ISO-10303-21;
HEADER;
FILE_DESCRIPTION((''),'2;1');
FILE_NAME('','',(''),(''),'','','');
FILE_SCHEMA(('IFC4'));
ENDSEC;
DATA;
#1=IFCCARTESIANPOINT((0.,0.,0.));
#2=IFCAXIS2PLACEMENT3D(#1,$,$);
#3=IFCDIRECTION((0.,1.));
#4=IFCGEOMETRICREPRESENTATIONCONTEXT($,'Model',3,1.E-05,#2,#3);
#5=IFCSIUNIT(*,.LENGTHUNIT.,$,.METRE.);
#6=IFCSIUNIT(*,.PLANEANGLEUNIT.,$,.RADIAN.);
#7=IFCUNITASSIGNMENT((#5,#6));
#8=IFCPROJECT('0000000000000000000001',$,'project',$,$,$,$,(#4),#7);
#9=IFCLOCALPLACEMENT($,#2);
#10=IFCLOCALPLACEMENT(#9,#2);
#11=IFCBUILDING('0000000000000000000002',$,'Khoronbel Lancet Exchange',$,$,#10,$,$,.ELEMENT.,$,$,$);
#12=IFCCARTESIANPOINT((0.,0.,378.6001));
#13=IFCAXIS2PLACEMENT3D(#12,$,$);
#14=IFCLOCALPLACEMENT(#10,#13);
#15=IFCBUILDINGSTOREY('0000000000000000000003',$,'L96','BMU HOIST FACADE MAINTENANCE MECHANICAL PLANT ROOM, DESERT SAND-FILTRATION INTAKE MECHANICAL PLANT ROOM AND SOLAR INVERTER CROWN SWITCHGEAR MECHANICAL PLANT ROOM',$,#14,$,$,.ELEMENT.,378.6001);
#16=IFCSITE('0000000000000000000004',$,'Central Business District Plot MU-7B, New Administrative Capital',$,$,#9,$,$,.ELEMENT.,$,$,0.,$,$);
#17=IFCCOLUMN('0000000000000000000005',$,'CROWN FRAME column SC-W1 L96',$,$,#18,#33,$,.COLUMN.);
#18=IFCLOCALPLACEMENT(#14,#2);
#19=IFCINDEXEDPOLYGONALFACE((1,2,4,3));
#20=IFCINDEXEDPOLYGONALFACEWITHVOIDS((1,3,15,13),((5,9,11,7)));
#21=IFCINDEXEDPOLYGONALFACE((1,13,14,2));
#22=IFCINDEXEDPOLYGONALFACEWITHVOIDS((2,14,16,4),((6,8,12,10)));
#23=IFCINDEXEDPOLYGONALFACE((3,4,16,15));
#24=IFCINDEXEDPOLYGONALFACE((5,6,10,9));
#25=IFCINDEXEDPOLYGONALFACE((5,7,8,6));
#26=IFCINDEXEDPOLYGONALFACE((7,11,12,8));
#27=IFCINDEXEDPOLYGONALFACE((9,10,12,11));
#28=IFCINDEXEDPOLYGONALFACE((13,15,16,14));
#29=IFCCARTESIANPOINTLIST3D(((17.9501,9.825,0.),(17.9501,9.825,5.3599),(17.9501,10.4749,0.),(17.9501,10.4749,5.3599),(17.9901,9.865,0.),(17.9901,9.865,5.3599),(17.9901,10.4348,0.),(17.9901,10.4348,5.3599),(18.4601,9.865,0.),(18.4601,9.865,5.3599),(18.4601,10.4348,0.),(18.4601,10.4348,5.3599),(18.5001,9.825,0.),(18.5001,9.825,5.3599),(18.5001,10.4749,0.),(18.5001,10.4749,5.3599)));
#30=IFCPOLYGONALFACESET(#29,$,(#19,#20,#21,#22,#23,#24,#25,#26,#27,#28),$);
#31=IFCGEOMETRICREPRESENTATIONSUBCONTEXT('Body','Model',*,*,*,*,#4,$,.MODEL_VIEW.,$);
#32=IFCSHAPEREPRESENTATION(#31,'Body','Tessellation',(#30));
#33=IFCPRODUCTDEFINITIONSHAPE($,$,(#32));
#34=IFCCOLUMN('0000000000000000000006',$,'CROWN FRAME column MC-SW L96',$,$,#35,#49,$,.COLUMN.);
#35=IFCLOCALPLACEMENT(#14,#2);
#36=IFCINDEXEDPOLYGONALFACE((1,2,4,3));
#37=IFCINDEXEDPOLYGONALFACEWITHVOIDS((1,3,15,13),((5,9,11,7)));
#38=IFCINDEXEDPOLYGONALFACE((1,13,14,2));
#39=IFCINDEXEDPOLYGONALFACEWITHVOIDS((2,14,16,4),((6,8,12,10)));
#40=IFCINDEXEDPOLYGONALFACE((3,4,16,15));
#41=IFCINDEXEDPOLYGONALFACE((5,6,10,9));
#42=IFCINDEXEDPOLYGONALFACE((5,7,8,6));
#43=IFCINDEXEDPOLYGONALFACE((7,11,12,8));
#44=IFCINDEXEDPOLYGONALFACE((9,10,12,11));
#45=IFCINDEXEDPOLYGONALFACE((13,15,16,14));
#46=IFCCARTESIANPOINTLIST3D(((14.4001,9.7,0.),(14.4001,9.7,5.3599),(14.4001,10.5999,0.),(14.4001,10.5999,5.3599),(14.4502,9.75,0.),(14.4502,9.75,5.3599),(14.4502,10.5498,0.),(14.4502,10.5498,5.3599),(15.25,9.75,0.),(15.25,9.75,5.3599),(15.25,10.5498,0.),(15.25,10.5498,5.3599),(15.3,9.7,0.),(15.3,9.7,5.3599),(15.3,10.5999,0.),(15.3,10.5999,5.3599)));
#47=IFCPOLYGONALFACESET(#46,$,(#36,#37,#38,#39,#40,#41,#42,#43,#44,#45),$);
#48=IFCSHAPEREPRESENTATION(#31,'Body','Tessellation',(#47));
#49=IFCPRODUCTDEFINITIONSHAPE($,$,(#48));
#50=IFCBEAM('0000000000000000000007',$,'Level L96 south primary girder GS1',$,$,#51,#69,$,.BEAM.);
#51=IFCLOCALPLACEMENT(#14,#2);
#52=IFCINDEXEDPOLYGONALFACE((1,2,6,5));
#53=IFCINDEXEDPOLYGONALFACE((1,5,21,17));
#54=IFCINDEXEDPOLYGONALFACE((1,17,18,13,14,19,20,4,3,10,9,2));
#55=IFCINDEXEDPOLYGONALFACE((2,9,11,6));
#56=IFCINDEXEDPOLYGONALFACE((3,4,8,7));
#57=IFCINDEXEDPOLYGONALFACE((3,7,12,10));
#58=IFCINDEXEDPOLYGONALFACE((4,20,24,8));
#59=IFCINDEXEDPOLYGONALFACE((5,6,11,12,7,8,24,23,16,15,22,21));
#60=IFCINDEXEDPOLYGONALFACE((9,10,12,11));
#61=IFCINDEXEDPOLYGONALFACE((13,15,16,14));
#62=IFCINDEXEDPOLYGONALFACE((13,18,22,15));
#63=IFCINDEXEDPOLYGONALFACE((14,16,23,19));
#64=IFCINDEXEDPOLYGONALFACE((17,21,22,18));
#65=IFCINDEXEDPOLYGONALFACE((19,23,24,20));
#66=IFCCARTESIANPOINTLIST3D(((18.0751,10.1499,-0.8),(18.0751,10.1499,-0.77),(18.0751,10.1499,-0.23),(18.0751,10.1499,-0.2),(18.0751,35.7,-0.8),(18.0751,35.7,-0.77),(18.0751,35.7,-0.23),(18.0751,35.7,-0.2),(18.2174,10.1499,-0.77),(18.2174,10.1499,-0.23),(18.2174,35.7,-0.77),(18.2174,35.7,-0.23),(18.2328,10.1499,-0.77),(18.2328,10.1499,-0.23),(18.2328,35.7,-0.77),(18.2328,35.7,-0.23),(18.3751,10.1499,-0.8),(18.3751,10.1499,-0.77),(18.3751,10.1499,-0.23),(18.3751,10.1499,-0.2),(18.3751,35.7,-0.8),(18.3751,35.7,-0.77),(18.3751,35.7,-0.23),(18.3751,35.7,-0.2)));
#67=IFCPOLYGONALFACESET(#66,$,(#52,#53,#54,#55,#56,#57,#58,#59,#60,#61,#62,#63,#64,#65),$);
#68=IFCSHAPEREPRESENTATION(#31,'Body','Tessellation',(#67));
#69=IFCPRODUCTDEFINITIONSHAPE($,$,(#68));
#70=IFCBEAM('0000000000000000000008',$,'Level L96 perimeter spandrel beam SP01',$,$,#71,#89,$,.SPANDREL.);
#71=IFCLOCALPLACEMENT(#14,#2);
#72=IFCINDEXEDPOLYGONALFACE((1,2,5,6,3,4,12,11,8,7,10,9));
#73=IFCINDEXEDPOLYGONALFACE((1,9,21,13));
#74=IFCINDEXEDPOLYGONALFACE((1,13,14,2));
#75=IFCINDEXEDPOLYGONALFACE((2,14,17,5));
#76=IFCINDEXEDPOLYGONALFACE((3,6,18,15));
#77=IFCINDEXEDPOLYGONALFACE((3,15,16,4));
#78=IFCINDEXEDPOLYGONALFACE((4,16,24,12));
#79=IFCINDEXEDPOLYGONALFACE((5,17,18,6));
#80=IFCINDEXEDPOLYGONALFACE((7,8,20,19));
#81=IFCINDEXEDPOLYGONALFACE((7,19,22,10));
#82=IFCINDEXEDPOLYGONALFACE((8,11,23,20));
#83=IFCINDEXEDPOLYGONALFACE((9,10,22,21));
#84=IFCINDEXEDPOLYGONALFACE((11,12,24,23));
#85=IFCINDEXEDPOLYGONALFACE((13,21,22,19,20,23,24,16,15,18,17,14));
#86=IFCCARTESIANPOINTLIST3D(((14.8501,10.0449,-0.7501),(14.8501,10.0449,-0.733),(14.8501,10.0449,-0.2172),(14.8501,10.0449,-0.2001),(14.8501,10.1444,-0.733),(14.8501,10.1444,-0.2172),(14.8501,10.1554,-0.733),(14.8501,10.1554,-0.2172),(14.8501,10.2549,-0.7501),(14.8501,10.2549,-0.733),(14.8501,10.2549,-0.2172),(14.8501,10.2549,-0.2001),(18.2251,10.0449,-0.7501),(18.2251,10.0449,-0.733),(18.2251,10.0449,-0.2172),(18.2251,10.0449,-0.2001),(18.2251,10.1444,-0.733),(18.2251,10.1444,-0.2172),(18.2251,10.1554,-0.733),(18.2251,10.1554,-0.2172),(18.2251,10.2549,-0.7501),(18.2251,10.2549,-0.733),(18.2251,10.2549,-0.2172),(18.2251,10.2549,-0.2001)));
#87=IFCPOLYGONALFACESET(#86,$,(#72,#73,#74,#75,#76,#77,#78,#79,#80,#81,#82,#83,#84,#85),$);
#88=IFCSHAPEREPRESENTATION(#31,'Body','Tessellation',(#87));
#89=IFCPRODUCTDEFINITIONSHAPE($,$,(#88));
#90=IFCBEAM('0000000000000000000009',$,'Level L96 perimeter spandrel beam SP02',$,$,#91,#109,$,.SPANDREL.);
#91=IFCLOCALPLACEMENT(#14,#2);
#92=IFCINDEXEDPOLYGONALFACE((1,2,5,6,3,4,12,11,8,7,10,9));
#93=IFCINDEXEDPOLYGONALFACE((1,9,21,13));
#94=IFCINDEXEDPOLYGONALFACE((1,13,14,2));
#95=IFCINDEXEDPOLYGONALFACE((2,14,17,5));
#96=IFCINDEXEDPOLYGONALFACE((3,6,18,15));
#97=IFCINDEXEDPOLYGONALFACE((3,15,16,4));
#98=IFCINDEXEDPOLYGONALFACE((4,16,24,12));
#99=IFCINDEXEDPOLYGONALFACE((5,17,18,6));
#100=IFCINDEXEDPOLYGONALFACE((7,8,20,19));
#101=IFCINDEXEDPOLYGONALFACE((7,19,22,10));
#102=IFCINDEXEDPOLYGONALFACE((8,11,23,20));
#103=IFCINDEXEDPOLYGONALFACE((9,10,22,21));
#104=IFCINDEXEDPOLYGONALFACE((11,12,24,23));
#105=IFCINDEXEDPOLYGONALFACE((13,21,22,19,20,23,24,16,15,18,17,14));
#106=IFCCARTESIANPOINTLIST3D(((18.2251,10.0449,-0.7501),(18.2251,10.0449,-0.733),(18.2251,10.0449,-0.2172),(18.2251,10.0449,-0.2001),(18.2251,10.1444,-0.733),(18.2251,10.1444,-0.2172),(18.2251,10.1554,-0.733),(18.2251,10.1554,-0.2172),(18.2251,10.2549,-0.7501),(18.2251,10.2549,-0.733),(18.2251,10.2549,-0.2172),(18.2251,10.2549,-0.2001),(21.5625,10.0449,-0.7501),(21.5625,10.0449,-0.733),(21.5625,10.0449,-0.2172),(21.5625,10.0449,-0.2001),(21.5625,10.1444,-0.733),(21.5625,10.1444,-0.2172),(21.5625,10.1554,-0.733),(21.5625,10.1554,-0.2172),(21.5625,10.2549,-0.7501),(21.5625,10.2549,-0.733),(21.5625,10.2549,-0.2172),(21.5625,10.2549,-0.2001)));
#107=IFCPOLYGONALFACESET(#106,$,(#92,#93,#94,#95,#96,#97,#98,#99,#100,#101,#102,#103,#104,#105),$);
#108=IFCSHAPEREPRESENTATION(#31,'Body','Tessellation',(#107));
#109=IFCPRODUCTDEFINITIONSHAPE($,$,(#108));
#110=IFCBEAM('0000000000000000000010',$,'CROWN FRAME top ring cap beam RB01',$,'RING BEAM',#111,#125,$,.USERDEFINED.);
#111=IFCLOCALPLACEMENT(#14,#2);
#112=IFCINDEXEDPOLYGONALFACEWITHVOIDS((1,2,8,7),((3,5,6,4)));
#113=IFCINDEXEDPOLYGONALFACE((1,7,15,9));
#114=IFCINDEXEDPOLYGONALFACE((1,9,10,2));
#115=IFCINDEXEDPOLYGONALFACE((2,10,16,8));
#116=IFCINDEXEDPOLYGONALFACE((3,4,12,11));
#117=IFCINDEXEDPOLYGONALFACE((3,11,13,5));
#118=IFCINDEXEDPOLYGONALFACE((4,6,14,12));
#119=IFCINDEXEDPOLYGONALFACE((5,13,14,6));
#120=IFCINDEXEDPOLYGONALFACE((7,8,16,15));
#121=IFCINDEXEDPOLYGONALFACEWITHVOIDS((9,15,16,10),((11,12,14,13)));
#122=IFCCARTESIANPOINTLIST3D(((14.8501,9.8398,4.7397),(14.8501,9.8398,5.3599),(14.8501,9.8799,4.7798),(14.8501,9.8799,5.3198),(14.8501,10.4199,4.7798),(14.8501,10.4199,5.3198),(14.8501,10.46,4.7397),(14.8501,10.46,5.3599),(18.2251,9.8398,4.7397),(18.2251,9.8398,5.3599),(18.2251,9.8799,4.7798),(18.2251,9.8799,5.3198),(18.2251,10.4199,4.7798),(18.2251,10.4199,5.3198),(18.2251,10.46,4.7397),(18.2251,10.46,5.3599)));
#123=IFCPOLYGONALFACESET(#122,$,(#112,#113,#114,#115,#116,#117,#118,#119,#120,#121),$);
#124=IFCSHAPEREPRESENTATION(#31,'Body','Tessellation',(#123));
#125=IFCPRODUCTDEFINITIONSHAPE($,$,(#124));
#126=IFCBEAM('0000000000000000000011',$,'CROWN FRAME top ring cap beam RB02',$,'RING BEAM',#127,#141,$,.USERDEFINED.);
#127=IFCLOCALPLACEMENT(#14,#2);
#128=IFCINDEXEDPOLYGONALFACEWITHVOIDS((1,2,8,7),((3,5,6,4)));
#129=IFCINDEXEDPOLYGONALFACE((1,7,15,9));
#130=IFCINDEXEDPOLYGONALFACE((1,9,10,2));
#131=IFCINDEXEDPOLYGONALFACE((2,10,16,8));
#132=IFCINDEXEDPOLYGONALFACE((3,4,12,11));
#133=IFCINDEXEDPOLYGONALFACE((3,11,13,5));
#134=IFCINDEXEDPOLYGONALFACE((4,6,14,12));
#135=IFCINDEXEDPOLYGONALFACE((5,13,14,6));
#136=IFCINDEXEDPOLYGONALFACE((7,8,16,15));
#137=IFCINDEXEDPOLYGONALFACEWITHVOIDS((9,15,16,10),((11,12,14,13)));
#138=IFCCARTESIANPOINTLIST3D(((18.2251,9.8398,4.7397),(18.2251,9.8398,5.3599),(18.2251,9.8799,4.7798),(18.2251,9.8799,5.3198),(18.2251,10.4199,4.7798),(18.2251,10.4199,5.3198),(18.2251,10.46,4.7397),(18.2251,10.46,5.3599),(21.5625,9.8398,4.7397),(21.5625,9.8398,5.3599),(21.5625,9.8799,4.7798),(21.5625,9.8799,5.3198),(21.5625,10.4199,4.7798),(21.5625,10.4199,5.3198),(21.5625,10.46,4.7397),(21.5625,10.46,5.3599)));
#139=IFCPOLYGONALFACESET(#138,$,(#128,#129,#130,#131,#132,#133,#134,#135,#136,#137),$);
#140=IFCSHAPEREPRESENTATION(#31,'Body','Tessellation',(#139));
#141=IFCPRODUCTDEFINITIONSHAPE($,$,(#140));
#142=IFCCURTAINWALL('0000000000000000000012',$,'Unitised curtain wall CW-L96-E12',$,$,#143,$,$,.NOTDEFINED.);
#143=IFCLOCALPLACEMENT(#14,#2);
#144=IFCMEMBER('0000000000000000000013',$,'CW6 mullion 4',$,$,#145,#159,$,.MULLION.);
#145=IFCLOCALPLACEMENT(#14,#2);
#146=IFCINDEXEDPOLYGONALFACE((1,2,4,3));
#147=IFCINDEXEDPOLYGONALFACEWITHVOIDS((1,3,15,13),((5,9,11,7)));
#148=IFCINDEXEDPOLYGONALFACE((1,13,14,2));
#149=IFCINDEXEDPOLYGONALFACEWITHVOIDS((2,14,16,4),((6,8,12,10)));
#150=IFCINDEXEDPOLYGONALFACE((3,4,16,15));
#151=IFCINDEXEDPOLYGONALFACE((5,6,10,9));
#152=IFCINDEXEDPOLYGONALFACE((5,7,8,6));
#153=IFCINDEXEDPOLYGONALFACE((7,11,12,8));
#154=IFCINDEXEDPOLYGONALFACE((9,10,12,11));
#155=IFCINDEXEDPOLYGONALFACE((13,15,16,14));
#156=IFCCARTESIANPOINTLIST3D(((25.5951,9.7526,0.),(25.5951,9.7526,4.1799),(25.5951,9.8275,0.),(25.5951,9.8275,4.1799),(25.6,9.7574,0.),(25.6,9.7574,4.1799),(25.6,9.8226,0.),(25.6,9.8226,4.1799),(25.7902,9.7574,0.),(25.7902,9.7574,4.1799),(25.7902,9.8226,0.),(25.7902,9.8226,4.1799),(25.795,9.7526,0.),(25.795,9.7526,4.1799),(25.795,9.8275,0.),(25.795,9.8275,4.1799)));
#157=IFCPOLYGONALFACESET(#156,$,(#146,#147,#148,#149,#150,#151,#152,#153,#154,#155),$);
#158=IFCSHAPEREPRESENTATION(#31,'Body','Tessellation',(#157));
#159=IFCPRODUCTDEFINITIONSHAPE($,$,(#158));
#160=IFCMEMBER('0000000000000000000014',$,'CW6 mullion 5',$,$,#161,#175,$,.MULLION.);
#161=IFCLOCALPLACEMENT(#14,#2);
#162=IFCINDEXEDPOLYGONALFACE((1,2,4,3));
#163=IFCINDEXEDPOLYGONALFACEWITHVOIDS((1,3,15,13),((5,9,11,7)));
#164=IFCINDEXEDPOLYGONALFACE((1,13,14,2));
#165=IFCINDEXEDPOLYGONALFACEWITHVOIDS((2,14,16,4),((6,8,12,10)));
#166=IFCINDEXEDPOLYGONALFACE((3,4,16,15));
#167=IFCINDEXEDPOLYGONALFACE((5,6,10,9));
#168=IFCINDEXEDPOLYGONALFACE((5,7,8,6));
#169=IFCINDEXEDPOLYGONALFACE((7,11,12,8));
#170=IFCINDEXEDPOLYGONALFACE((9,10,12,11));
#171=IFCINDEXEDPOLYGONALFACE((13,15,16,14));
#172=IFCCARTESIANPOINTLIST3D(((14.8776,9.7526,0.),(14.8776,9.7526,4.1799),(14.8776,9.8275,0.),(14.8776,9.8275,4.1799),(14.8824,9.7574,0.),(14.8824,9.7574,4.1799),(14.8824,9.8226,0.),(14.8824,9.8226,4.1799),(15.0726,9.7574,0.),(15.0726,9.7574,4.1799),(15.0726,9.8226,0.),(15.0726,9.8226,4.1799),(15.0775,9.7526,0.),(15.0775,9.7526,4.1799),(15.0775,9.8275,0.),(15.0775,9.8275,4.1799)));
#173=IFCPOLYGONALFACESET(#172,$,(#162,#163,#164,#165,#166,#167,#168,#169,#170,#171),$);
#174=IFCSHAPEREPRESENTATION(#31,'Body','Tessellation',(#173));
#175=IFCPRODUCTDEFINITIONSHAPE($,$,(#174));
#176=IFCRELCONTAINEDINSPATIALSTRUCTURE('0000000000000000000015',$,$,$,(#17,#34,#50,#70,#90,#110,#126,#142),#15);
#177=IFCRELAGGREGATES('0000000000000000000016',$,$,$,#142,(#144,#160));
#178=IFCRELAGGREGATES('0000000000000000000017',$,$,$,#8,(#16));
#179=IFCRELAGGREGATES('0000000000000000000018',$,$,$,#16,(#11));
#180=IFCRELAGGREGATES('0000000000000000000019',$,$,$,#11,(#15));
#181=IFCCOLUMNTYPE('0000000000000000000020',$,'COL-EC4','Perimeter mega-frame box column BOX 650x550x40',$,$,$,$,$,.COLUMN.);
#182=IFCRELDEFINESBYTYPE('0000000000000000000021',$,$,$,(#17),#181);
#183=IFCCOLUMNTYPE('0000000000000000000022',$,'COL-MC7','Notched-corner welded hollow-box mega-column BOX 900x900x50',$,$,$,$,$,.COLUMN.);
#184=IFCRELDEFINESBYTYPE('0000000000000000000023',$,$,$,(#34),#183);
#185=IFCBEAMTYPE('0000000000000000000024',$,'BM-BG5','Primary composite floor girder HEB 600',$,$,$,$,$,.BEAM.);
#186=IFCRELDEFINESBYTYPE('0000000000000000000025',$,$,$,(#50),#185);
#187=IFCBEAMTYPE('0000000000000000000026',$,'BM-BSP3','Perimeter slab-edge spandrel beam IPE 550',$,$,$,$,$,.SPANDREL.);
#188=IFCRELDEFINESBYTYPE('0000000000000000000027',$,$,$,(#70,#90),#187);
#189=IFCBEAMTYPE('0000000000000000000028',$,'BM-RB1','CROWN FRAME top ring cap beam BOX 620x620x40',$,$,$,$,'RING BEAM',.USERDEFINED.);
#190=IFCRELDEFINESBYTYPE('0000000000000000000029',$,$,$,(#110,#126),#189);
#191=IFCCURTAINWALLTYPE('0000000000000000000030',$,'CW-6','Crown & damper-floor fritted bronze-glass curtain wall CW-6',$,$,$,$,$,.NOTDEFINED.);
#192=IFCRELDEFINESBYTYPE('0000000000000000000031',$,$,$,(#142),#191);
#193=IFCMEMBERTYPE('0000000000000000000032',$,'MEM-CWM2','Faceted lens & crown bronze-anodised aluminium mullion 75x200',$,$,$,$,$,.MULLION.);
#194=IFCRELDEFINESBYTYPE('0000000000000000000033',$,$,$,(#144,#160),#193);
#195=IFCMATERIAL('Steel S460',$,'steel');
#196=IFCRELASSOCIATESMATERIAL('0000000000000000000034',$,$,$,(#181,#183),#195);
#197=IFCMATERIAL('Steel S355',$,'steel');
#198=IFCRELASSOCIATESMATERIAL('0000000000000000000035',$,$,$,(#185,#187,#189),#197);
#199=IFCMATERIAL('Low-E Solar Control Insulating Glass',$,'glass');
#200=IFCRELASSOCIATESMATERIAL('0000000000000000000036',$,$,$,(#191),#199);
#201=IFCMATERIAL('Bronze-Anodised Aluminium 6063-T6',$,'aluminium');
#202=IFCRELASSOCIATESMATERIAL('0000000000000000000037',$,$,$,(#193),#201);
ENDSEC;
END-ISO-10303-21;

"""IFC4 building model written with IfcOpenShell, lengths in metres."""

from ifc_helpers import new_model, si_unit, direction, frame, origin, origin_2d, place, context, subcontext, project, spatial, hollow_rectangle, i_section, extrude, material, material_profile, profile_set, type_object, element, aggregate, save


model = new_model("IFC4")

# Units and contexts
model_context = context("Model", 3, precision=1e-05, world=origin(), true_north=direction((0.0, 1.0)))
body_context = subcontext(model_context, "Body", "Model", "MODEL_VIEW")
ifc_project = project(units=[si_unit("LENGTHUNIT", "METRE"), si_unit("PLANEANGLEUNIT", "RADIAN")], contexts=[model_context])

# Site, building, storey
site_placement = place(None, origin())
site = spatial("IfcSite", under=ifc_project, at=site_placement, Name="Central Business District Plot MU-7B, New Administrative Capital", CompositionType="ELEMENT", RefElevation=0.0)
building_placement = place(site_placement, origin())
building = spatial("IfcBuilding", under=site, at=building_placement, Name="Khoronbel Lancet Exchange", CompositionType="ELEMENT")
storey_placement = place(building_placement, frame((0.0, 0.0, 378.6001)))
storey = spatial("IfcBuildingStorey", under=building, at=storey_placement, Name="L96", Description="BMU HOIST FACADE MAINTENANCE MECHANICAL PLANT ROOM, DESERT SAND-FILTRATION INTAKE MECHANICAL PLANT ROOM AND SOLAR INVERTER CROWN SWITCHGEAR MECHANICAL PLANT ROOM", CompositionType="ELEMENT", Elevation=378.6001)

# Columns
ifc_material_1 = material(Name="Steel S460", Category="steel")
ifc_material_profile_1 = material_profile(ifc_material_1, hollow_rectangle(XDim=0.55, YDim=0.6499, WallThickness=0.04, at=origin_2d()), Name="BOX 650x550x40")
ifc_profile_set_1 = profile_set([ifc_material_profile_1], Name="Steel S460")
column_type_1 = type_object("IfcColumnType", Name="COL-EC4", Description="Perimeter mega-frame box column BOX 650x550x40", PredefinedType="COLUMN", material=ifc_profile_set_1)
column_1_placement = place(storey_placement, frame((18.2251, 10.1499, 0.0), z_axis=(0.0, 0.0, 1.0), x_axis=(1.0, 0.0, 0.0)))
element("IfcColumn", 1, at=column_1_placement, inside=storey, type_object=column_type_1, Name="CROWN FRAME column SC-W1 L96", PredefinedType="COLUMN", context=body_context, shape_type="SweptSolid", body=[
    extrude(hollow_rectangle(XDim=0.55, YDim=0.6499, WallThickness=0.04, at=origin_2d()), origin(), (0.0, 0.0, 1.0), 5.3599),
])
ifc_material_profile_2 = material_profile(ifc_material_1, hollow_rectangle(XDim=0.8999, YDim=0.8999, WallThickness=0.05, at=origin_2d()), Name="BOX 900x900x50")
ifc_profile_set_2 = profile_set([ifc_material_profile_2], Name="Steel S460")
column_type_2 = type_object("IfcColumnType", Name="COL-MC7", Description="Notched-corner welded hollow-box mega-column BOX 900x900x50", PredefinedType="COLUMN", material=ifc_profile_set_2)
column_2_placement = place(storey_placement, frame((14.8501, 10.1499, 0.0), z_axis=(0.0, 0.0, 1.0), x_axis=(1.0, 0.0, 0.0)))
element("IfcColumn", 2, at=column_2_placement, inside=storey, type_object=column_type_2, Name="CROWN FRAME column MC-SW L96", PredefinedType="COLUMN", context=body_context, shape_type="SweptSolid", body=[
    extrude(hollow_rectangle(XDim=0.8999, YDim=0.8999, WallThickness=0.05, at=origin_2d()), origin(), (0.0, 0.0, 1.0), 5.3599),
])

# Beams
ifc_material_2 = material(Name="Steel S355", Category="steel")
ifc_material_profile_3 = material_profile(ifc_material_2, i_section(OverallWidth=0.3, OverallDepth=0.6001, WebThickness=0.0154, FlangeThickness=0.03, at=origin_2d()), Name="HEB 600")
ifc_profile_set_3 = profile_set([ifc_material_profile_3], Name="Steel S355")
beam_type_1 = type_object("IfcBeamType", Name="BM-BG5", Description="Primary composite floor girder HEB 600", PredefinedType="BEAM", material=ifc_profile_set_3)
beam_1_placement = place(storey_placement, frame((18.2251, 10.1499, -0.5), z_axis=(0.0, 1.0, 0.0), x_axis=(-1.0, 0.0, 0.0)))
element("IfcBeam", 3, at=beam_1_placement, inside=storey, type_object=beam_type_1, Name="Level L96 south primary girder GS1", PredefinedType="BEAM", context=body_context, shape_type="SweptSolid", body=[
    extrude(i_section(OverallWidth=0.3, OverallDepth=0.6001, WebThickness=0.0154, FlangeThickness=0.03, at=origin_2d()), origin(), (0.0, 0.0, 1.0), 25.55),
])
ifc_material_profile_4 = material_profile(ifc_material_2, i_section(OverallWidth=0.21, OverallDepth=0.55, WebThickness=0.011, FlangeThickness=0.0171, at=origin_2d()), Name="IPE 550")
ifc_profile_set_4 = profile_set([ifc_material_profile_4], Name="Steel S355")
beam_type_2 = type_object("IfcBeamType", Name="BM-BSP3", Description="Perimeter slab-edge spandrel beam IPE 550", PredefinedType="SPANDREL", material=ifc_profile_set_4)
beam_2_placement = place(storey_placement, frame((14.8501, 10.1499, -0.4751), z_axis=(1.0, 0.0, 0.0), x_axis=(0.0, 1.0, 0.0)))
element("IfcBeam", 4, at=beam_2_placement, inside=storey, type_object=beam_type_2, Name="Level L96 perimeter spandrel beam SP01", PredefinedType="SPANDREL", context=body_context, shape_type="SweptSolid", body=[
    extrude(i_section(OverallWidth=0.21, OverallDepth=0.55, WebThickness=0.011, FlangeThickness=0.0171, at=origin_2d()), origin(), (0.0, 0.0, 1.0), 3.375),
])
beam_3_placement = place(storey_placement, frame((18.2251, 10.1499, -0.4751), z_axis=(1.0, 0.0, 0.0), x_axis=(0.0, 1.0, 0.0)))
element("IfcBeam", 5, at=beam_3_placement, inside=storey, type_object=beam_type_2, Name="Level L96 perimeter spandrel beam SP02", PredefinedType="SPANDREL", context=body_context, shape_type="SweptSolid", body=[
    extrude(i_section(OverallWidth=0.21, OverallDepth=0.55, WebThickness=0.011, FlangeThickness=0.0171, at=origin_2d()), origin(), (0.0, 0.0, 1.0), 3.3374),
])
ifc_material_profile_5 = material_profile(ifc_material_2, hollow_rectangle(XDim=0.6201, YDim=0.6201, WallThickness=0.04, at=origin_2d()), Name="BOX 620x620x40")
ifc_profile_set_5 = profile_set([ifc_material_profile_5], Name="Steel S355")
beam_type_3 = type_object("IfcBeamType", Name="BM-RB1", Description="CROWN FRAME top ring cap beam BOX 620x620x40", ElementType="RING BEAM", PredefinedType="USERDEFINED", material=ifc_profile_set_5)
beam_4_placement = place(storey_placement, frame((14.8501, 10.1499, 5.0498), z_axis=(1.0, 0.0, 0.0), x_axis=(0.0, 1.0, 0.0)))
element("IfcBeam", 6, at=beam_4_placement, inside=storey, type_object=beam_type_3, Name="CROWN FRAME top ring cap beam RB01", ObjectType="RING BEAM", PredefinedType="USERDEFINED", context=body_context, shape_type="SweptSolid", body=[
    extrude(hollow_rectangle(XDim=0.6201, YDim=0.6201, WallThickness=0.04, at=origin_2d()), origin(), (0.0, 0.0, 1.0), 3.375),
])
beam_5_placement = place(storey_placement, frame((18.2251, 10.1499, 5.0498), z_axis=(1.0, 0.0, 0.0), x_axis=(0.0, 1.0, 0.0)))
element("IfcBeam", 7, at=beam_5_placement, inside=storey, type_object=beam_type_3, Name="CROWN FRAME top ring cap beam RB02", ObjectType="RING BEAM", PredefinedType="USERDEFINED", context=body_context, shape_type="SweptSolid", body=[
    extrude(hollow_rectangle(XDim=0.6201, YDim=0.6201, WallThickness=0.04, at=origin_2d()), origin(), (0.0, 0.0, 1.0), 3.3374),
])

# Curtain wall, members
ifc_material_3 = material(Name="Low-E Solar Control Insulating Glass", Category="glass")
curtain_wall_type = type_object("IfcCurtainWallType", Name="CW-6", Description="Crown & damper-floor fritted bronze-glass curtain wall CW-6", PredefinedType="NOTDEFINED", material=ifc_material_3)
curtain_wall_placement = place(storey_placement, origin())
curtain_wall = element("IfcCurtainWall", 8, at=curtain_wall_placement, inside=storey, type_object=curtain_wall_type, Name="Unitised curtain wall CW-L96-E12", PredefinedType="NOTDEFINED")
ifc_material_4 = material(Name="Bronze-Anodised Aluminium 6063-T6", Category="aluminium")
ifc_material_profile_6 = material_profile(ifc_material_4, hollow_rectangle(XDim=0.075, YDim=0.2, WallThickness=0.0049, at=origin_2d()), Name="ALU MULLION 75x200")
ifc_profile_set_6 = profile_set([ifc_material_profile_6], Name="Bronze-Anodised Aluminium 6063-T6")
member_type_1 = type_object("IfcMemberType", Name="MEM-CWM2", Description="Faceted lens & crown bronze-anodised aluminium mullion 75x200", PredefinedType="MULLION", material=ifc_profile_set_6)
member_1_placement = place(storey_placement, frame((25.6951, 9.79, 0.0), z_axis=(0.0, 0.0, 1.0), x_axis=(0.0, -1.0, 0.0)))
member_1 = element("IfcMember", 9, at=member_1_placement, type_object=member_type_1, Name="CW6 mullion 4", PredefinedType="MULLION", context=body_context, shape_type="SweptSolid", body=[
    extrude(hollow_rectangle(XDim=0.075, YDim=0.2, WallThickness=0.0049, at=origin_2d()), origin(), (0.0, 0.0, 1.0), 4.1799),
])
member_2_placement = place(storey_placement, frame((14.9775, 9.79, 0.0), z_axis=(0.0, 0.0, 1.0), x_axis=(0.0, -1.0, 0.0)))
member_2 = element("IfcMember", 10, at=member_2_placement, type_object=member_type_1, Name="CW6 mullion 5", PredefinedType="MULLION", context=body_context, shape_type="SweptSolid", body=[
    extrude(hollow_rectangle(XDim=0.075, YDim=0.2, WallThickness=0.0049, at=origin_2d()), origin(), (0.0, 0.0, 1.0), 4.1799),
])

aggregate(curtain_wall, [member_1, member_2])

save(model, "model.ifc")
